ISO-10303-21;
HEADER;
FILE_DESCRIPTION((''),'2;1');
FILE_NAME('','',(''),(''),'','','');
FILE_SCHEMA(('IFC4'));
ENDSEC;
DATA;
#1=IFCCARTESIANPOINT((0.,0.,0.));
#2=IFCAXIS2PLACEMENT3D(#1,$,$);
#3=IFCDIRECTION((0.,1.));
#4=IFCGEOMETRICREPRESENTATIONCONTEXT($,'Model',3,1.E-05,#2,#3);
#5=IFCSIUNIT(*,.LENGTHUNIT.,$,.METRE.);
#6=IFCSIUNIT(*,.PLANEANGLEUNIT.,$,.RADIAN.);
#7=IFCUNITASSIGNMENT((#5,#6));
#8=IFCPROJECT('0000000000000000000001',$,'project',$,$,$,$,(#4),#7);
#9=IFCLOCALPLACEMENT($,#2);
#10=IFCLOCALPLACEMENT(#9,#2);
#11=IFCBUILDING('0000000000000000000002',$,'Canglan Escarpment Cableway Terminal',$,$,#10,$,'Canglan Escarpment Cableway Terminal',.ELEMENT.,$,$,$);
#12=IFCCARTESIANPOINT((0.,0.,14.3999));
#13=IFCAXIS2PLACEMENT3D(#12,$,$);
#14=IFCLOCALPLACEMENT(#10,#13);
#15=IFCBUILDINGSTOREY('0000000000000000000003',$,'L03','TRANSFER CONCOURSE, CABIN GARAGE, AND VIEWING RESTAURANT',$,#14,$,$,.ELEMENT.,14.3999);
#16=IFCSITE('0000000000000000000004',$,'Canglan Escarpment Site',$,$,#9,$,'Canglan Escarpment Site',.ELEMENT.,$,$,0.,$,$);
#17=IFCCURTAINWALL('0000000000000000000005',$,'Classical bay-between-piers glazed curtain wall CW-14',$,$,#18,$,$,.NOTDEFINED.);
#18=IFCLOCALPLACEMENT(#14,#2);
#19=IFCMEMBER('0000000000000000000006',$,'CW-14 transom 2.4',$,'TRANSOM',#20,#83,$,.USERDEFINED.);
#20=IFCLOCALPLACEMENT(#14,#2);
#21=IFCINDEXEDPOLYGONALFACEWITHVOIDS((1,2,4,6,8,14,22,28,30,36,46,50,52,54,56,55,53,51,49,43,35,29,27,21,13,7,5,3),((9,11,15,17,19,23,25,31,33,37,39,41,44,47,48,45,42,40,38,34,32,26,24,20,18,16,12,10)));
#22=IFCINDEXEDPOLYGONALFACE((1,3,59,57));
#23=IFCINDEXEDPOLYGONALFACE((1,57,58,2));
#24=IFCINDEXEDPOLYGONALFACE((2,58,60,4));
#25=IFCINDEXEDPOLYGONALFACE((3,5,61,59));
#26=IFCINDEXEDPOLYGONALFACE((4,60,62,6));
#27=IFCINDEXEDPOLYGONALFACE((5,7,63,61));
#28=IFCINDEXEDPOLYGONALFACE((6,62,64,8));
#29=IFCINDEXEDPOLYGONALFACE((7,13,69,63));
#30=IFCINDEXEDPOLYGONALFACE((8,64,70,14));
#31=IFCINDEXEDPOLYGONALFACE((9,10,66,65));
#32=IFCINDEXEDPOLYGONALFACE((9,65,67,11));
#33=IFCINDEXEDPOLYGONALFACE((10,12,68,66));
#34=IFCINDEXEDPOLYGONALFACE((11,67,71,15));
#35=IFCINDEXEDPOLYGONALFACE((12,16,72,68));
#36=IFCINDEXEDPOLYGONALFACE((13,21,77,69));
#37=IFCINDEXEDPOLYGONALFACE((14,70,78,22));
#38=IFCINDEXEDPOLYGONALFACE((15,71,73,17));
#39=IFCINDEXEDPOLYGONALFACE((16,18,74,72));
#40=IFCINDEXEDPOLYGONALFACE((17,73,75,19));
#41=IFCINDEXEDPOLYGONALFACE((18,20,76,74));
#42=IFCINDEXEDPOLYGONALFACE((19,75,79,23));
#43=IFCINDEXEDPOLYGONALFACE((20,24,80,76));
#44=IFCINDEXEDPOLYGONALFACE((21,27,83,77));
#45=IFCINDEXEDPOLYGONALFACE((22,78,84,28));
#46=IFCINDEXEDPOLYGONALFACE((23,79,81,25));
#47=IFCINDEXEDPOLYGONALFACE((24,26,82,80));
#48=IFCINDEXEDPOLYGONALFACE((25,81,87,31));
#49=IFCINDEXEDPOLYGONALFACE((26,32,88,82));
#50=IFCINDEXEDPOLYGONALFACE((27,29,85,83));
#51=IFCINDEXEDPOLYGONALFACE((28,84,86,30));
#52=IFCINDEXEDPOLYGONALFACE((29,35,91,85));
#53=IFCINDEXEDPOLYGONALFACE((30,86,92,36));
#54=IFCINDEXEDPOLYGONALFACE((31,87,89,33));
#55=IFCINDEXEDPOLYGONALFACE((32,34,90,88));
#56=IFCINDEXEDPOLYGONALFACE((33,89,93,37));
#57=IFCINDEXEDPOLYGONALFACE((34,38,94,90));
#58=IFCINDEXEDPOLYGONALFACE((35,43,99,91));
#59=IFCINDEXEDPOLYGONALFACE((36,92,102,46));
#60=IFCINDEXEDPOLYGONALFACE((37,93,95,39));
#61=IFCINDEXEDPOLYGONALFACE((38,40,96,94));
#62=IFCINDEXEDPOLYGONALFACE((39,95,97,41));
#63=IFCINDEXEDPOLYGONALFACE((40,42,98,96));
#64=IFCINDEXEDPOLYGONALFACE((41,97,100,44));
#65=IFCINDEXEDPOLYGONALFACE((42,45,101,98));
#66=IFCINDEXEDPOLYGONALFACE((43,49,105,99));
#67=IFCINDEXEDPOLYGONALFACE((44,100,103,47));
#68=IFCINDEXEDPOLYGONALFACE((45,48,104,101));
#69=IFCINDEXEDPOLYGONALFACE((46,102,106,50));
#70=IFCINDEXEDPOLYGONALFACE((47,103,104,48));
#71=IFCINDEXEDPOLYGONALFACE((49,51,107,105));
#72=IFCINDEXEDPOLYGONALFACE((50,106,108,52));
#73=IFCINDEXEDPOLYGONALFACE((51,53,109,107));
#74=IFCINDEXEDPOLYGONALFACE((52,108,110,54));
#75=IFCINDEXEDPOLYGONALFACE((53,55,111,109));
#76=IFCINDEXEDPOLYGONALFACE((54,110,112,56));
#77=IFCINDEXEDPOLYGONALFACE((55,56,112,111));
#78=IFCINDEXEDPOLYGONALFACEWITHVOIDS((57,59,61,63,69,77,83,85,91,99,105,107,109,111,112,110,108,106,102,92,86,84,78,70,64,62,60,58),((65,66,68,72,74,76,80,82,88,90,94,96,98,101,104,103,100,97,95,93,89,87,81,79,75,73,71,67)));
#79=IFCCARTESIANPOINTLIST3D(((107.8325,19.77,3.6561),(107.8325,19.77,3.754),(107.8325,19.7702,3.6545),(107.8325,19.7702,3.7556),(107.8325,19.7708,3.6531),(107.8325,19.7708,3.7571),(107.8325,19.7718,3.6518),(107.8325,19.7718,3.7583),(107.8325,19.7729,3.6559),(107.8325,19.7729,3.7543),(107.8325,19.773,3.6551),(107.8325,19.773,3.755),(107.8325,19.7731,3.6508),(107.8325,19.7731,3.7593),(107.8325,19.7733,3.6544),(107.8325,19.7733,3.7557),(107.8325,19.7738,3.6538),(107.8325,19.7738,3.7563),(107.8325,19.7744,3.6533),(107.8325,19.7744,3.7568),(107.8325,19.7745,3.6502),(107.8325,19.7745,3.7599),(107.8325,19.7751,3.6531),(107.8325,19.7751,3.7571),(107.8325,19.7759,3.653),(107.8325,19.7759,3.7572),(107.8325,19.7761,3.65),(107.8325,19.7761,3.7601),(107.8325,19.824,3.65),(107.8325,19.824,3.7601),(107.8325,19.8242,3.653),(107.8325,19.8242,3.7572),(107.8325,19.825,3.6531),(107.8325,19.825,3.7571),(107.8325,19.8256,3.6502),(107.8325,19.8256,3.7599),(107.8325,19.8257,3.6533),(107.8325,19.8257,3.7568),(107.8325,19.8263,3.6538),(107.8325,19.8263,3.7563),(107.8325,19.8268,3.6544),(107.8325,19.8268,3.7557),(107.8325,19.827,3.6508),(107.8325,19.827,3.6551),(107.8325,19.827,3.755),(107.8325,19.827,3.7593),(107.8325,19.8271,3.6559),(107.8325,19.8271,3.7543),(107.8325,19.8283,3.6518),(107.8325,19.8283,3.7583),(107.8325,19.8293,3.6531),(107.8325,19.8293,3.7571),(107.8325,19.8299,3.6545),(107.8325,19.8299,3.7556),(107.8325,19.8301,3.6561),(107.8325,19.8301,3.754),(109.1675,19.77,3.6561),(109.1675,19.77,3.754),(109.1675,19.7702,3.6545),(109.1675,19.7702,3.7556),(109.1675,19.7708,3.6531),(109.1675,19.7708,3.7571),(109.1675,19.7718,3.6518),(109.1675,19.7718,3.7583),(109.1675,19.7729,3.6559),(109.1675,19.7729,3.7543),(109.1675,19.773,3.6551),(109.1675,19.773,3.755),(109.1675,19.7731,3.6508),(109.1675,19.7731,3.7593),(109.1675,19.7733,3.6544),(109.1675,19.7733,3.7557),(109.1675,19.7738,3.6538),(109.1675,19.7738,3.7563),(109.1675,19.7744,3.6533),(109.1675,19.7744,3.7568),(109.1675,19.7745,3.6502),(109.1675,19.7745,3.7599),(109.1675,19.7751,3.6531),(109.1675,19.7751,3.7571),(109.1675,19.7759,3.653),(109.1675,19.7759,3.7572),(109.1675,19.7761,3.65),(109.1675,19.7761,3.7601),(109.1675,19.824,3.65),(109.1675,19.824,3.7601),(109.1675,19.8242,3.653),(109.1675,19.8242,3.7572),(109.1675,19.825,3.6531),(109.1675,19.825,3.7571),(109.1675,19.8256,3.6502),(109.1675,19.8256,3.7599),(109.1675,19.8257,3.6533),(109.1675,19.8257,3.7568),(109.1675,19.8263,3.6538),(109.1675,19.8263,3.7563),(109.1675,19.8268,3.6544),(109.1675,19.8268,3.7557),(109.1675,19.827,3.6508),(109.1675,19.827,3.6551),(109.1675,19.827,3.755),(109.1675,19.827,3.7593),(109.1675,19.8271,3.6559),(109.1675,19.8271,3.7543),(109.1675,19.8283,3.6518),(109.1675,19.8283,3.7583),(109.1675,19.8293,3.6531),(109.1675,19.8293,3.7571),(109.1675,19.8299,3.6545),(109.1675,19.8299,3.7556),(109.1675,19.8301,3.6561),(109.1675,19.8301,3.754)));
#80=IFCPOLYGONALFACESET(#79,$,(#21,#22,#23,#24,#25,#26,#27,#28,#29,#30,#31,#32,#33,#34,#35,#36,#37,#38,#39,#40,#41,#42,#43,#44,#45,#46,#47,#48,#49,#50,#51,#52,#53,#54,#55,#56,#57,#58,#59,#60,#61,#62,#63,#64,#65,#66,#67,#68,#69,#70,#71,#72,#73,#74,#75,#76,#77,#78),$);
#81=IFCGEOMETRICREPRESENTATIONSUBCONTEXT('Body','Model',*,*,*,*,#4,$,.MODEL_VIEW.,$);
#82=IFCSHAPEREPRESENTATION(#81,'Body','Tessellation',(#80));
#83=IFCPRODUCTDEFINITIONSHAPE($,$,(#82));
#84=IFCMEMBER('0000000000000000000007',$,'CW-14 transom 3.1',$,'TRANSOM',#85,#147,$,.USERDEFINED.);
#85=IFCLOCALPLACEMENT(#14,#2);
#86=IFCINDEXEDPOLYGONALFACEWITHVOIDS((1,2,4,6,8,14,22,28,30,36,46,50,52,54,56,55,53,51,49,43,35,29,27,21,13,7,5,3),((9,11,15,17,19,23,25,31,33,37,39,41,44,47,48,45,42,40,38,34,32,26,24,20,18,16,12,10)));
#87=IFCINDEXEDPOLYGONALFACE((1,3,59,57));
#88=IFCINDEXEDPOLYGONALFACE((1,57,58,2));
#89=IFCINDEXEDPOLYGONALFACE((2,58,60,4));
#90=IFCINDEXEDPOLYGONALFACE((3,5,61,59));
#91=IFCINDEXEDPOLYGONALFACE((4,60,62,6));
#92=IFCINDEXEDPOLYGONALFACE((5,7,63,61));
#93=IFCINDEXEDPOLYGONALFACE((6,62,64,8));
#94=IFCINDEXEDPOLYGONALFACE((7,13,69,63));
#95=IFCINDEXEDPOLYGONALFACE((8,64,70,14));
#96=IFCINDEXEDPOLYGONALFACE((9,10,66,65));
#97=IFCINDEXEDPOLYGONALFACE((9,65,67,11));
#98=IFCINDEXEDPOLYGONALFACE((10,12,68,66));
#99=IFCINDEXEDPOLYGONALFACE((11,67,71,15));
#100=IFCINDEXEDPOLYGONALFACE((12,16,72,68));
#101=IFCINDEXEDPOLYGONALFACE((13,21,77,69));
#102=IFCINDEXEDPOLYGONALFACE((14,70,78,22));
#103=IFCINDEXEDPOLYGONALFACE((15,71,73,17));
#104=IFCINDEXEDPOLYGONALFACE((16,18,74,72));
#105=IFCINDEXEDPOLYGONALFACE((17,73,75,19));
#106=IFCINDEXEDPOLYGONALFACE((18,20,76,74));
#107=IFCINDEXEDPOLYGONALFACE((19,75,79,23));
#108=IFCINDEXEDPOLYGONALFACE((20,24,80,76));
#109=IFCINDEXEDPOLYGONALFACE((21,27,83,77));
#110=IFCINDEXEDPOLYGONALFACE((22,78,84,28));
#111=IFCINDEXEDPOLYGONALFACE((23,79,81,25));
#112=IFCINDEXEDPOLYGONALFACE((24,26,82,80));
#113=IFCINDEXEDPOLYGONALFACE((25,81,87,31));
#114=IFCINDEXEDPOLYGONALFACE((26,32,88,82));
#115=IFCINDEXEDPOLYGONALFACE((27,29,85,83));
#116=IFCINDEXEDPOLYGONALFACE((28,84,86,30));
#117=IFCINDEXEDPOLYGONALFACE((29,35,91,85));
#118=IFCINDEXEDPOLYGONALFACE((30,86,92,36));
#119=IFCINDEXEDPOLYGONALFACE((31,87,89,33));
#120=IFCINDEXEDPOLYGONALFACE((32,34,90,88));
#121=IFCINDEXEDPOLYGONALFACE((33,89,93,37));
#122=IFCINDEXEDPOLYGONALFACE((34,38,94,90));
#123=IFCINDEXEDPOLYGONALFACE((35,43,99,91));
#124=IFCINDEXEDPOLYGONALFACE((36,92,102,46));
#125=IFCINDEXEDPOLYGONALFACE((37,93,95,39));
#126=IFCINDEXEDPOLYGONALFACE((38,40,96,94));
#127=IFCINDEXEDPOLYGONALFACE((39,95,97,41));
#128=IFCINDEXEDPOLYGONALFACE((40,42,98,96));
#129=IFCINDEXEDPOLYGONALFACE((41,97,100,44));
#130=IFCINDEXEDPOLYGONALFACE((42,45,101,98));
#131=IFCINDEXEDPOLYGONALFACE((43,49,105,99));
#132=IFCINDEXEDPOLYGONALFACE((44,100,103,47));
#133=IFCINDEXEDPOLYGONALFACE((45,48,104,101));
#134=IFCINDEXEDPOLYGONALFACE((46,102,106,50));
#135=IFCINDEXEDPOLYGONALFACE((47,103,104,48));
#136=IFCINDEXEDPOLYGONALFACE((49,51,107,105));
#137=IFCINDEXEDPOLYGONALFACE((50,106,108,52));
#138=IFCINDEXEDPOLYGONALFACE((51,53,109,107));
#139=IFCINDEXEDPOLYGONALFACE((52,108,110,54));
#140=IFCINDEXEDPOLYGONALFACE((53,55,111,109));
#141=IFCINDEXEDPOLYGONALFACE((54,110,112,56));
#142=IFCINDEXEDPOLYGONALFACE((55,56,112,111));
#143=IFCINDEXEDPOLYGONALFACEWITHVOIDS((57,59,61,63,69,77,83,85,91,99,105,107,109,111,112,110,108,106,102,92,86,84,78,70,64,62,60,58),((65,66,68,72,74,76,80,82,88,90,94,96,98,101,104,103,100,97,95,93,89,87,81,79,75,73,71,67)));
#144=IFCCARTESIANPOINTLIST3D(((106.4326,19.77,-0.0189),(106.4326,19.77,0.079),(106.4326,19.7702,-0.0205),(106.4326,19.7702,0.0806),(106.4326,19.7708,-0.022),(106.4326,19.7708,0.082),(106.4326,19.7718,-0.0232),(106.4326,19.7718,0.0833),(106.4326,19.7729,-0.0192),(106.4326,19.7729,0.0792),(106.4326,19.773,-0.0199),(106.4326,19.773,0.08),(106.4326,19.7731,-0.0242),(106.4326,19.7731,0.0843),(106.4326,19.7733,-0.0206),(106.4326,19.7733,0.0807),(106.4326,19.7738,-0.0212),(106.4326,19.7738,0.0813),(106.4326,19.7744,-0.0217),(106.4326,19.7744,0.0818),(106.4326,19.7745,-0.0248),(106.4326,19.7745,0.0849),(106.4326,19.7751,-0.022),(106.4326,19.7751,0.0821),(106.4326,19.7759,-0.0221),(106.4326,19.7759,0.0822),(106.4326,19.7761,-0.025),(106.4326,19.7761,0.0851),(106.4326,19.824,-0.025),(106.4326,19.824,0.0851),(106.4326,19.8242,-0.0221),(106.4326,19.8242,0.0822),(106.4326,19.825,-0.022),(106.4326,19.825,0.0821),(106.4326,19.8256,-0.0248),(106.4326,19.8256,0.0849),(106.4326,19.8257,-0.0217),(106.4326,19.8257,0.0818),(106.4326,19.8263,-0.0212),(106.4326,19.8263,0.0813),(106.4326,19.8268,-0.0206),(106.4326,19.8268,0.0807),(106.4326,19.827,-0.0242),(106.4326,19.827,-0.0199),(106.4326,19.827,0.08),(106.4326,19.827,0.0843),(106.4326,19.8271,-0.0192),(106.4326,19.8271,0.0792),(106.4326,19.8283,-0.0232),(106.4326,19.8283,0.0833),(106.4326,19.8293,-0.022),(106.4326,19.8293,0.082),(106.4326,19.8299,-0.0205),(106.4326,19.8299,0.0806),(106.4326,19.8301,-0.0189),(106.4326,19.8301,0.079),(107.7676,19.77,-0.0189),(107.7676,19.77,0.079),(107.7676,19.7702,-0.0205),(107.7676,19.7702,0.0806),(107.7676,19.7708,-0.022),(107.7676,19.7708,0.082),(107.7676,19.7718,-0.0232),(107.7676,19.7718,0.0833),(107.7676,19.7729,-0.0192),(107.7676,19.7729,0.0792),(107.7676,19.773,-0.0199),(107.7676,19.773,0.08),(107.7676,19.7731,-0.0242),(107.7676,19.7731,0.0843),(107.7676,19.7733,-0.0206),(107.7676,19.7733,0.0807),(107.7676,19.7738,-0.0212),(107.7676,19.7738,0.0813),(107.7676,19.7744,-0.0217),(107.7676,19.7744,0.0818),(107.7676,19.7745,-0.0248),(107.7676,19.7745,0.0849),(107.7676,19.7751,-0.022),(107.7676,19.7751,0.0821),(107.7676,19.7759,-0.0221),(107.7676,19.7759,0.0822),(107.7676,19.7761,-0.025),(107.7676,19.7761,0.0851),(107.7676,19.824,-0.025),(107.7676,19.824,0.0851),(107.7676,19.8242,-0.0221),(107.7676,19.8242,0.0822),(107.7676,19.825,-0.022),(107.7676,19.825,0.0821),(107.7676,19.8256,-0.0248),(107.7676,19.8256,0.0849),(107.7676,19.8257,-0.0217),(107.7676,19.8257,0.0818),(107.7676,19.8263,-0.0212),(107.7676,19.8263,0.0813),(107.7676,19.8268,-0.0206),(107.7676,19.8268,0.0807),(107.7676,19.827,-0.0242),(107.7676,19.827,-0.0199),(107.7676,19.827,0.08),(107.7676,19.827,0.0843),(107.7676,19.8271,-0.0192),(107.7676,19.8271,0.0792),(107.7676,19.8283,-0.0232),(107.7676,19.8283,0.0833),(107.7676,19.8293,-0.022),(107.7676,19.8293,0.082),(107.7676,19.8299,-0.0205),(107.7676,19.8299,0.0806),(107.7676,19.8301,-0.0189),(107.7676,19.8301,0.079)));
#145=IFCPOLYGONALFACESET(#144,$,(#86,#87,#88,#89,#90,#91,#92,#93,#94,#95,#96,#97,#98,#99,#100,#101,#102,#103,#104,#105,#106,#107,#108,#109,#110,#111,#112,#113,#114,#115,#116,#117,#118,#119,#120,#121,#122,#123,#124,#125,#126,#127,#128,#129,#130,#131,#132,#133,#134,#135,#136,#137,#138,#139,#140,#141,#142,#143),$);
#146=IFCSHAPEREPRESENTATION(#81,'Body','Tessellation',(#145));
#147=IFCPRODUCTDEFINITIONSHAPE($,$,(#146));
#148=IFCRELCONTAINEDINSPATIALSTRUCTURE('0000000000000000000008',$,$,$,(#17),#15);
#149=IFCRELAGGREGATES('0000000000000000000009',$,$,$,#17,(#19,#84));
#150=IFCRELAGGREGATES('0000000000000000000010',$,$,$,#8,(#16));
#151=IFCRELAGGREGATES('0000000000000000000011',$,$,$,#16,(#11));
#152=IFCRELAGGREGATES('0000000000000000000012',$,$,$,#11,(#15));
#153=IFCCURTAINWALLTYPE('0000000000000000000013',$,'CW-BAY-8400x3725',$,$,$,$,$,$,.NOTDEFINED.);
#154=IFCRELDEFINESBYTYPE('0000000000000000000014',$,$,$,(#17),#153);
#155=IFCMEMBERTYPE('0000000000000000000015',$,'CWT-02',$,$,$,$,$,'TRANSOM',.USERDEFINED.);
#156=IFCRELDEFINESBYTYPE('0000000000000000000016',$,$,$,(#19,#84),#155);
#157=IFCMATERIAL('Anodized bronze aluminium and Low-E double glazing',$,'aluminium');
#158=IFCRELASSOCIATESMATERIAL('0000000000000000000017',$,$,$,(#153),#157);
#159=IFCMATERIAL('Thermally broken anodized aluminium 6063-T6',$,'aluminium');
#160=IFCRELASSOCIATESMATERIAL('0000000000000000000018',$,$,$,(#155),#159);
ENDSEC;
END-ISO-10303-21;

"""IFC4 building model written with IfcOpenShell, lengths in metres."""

from ifc_helpers import new_model, si_unit, direction, frame, origin, origin_2d, place, context, subcontext, project, spatial, hollow_rectangle, extrude, material, material_profile, profile_set, type_object, element, aggregate, save


model = new_model("IFC4")

# Units and contexts
model_context = context("Model", 3, precision=1e-05, world=origin(), true_north=direction((0.0, 1.0)))
body_context = subcontext(model_context, "Body", "Model", "MODEL_VIEW")
ifc_project = project(units=[si_unit("LENGTHUNIT", "METRE"), si_unit("PLANEANGLEUNIT", "RADIAN")], contexts=[model_context])

# Site, building, storey
site_placement = place(None, origin())
site = spatial("IfcSite", under=ifc_project, at=site_placement, Name="Canglan Escarpment Site", LongName="Canglan Escarpment Site", CompositionType="ELEMENT", RefElevation=0.0)
building_placement = place(site_placement, origin())
building = spatial("IfcBuilding", under=site, at=building_placement, Name="Canglan Escarpment Cableway Terminal", LongName="Canglan Escarpment Cableway Terminal", CompositionType="ELEMENT")
storey_placement = place(building_placement, frame((0.0, 0.0, 14.3999)))
storey = spatial("IfcBuildingStorey", under=building, at=storey_placement, Name="L03", Description="TRANSFER CONCOURSE, CABIN GARAGE, AND VIEWING RESTAURANT", CompositionType="ELEMENT", Elevation=14.3999)

# Curtain wall, members
ifc_material_1 = material(Name="Anodized bronze aluminium and Low-E double glazing", Category="aluminium")
curtain_wall_type = type_object("IfcCurtainWallType", Name="CW-BAY-8400x3725", PredefinedType="NOTDEFINED", material=ifc_material_1)
curtain_wall_placement = place(storey_placement, origin())
curtain_wall = element("IfcCurtainWall", 1, at=curtain_wall_placement, inside=storey, type_object=curtain_wall_type, Name="Classical bay-between-piers glazed curtain wall CW-14", PredefinedType="NOTDEFINED")
ifc_material_2 = material(Name="Thermally broken anodized aluminium 6063-T6", Category="aluminium")
ifc_material_profile_1 = material_profile(ifc_material_2, hollow_rectangle(XDim=0.0601, YDim=0.1101, WallThickness=0.0029, InnerFilletRadius=0.0029, OuterFilletRadius=0.0061, at=origin_2d()), Name="ALU-TRAN 60x110x3")
ifc_profile_set_1 = profile_set([ifc_material_profile_1], Name="Thermally broken anodized aluminium 6063-T6")
member_type_1 = type_object("IfcMemberType", Name="CWT-02", ElementType="TRANSOM", PredefinedType="USERDEFINED", material=ifc_profile_set_1)
member_1_placement = place(storey_placement, frame((109.1675, 19.8, 3.7051), z_axis=(-1.0, 0.0, 0.0), x_axis=(0.0, -1.0, 0.0)))
member_1 = element("IfcMember", 2, at=member_1_placement, type_object=member_type_1, Name="CW-14 transom 2.4", ObjectType="TRANSOM", PredefinedType="USERDEFINED", context=body_context, shape_type="SweptSolid", body=[
    extrude(hollow_rectangle(XDim=0.0601, YDim=0.1101, WallThickness=0.0029, InnerFilletRadius=0.0029, OuterFilletRadius=0.0061, at=origin_2d()), origin(), (0.0, 0.0, 1.0), 1.335),
])
member_2_placement = place(storey_placement, frame((107.7676, 19.8, 0.03), z_axis=(-1.0, 0.0, 0.0), x_axis=(0.0, -1.0, 0.0)))
member_2 = element("IfcMember", 3, at=member_2_placement, type_object=member_type_1, Name="CW-14 transom 3.1", ObjectType="TRANSOM", PredefinedType="USERDEFINED", context=body_context, shape_type="SweptSolid", body=[
    extrude(hollow_rectangle(XDim=0.0601, YDim=0.1101, WallThickness=0.0029, InnerFilletRadius=0.0029, OuterFilletRadius=0.0061, at=origin_2d()), origin(), (0.0, 0.0, 1.0), 1.335),
])
aggregate(curtain_wall, [member_1, member_2])

save(model, "model.ifc")
